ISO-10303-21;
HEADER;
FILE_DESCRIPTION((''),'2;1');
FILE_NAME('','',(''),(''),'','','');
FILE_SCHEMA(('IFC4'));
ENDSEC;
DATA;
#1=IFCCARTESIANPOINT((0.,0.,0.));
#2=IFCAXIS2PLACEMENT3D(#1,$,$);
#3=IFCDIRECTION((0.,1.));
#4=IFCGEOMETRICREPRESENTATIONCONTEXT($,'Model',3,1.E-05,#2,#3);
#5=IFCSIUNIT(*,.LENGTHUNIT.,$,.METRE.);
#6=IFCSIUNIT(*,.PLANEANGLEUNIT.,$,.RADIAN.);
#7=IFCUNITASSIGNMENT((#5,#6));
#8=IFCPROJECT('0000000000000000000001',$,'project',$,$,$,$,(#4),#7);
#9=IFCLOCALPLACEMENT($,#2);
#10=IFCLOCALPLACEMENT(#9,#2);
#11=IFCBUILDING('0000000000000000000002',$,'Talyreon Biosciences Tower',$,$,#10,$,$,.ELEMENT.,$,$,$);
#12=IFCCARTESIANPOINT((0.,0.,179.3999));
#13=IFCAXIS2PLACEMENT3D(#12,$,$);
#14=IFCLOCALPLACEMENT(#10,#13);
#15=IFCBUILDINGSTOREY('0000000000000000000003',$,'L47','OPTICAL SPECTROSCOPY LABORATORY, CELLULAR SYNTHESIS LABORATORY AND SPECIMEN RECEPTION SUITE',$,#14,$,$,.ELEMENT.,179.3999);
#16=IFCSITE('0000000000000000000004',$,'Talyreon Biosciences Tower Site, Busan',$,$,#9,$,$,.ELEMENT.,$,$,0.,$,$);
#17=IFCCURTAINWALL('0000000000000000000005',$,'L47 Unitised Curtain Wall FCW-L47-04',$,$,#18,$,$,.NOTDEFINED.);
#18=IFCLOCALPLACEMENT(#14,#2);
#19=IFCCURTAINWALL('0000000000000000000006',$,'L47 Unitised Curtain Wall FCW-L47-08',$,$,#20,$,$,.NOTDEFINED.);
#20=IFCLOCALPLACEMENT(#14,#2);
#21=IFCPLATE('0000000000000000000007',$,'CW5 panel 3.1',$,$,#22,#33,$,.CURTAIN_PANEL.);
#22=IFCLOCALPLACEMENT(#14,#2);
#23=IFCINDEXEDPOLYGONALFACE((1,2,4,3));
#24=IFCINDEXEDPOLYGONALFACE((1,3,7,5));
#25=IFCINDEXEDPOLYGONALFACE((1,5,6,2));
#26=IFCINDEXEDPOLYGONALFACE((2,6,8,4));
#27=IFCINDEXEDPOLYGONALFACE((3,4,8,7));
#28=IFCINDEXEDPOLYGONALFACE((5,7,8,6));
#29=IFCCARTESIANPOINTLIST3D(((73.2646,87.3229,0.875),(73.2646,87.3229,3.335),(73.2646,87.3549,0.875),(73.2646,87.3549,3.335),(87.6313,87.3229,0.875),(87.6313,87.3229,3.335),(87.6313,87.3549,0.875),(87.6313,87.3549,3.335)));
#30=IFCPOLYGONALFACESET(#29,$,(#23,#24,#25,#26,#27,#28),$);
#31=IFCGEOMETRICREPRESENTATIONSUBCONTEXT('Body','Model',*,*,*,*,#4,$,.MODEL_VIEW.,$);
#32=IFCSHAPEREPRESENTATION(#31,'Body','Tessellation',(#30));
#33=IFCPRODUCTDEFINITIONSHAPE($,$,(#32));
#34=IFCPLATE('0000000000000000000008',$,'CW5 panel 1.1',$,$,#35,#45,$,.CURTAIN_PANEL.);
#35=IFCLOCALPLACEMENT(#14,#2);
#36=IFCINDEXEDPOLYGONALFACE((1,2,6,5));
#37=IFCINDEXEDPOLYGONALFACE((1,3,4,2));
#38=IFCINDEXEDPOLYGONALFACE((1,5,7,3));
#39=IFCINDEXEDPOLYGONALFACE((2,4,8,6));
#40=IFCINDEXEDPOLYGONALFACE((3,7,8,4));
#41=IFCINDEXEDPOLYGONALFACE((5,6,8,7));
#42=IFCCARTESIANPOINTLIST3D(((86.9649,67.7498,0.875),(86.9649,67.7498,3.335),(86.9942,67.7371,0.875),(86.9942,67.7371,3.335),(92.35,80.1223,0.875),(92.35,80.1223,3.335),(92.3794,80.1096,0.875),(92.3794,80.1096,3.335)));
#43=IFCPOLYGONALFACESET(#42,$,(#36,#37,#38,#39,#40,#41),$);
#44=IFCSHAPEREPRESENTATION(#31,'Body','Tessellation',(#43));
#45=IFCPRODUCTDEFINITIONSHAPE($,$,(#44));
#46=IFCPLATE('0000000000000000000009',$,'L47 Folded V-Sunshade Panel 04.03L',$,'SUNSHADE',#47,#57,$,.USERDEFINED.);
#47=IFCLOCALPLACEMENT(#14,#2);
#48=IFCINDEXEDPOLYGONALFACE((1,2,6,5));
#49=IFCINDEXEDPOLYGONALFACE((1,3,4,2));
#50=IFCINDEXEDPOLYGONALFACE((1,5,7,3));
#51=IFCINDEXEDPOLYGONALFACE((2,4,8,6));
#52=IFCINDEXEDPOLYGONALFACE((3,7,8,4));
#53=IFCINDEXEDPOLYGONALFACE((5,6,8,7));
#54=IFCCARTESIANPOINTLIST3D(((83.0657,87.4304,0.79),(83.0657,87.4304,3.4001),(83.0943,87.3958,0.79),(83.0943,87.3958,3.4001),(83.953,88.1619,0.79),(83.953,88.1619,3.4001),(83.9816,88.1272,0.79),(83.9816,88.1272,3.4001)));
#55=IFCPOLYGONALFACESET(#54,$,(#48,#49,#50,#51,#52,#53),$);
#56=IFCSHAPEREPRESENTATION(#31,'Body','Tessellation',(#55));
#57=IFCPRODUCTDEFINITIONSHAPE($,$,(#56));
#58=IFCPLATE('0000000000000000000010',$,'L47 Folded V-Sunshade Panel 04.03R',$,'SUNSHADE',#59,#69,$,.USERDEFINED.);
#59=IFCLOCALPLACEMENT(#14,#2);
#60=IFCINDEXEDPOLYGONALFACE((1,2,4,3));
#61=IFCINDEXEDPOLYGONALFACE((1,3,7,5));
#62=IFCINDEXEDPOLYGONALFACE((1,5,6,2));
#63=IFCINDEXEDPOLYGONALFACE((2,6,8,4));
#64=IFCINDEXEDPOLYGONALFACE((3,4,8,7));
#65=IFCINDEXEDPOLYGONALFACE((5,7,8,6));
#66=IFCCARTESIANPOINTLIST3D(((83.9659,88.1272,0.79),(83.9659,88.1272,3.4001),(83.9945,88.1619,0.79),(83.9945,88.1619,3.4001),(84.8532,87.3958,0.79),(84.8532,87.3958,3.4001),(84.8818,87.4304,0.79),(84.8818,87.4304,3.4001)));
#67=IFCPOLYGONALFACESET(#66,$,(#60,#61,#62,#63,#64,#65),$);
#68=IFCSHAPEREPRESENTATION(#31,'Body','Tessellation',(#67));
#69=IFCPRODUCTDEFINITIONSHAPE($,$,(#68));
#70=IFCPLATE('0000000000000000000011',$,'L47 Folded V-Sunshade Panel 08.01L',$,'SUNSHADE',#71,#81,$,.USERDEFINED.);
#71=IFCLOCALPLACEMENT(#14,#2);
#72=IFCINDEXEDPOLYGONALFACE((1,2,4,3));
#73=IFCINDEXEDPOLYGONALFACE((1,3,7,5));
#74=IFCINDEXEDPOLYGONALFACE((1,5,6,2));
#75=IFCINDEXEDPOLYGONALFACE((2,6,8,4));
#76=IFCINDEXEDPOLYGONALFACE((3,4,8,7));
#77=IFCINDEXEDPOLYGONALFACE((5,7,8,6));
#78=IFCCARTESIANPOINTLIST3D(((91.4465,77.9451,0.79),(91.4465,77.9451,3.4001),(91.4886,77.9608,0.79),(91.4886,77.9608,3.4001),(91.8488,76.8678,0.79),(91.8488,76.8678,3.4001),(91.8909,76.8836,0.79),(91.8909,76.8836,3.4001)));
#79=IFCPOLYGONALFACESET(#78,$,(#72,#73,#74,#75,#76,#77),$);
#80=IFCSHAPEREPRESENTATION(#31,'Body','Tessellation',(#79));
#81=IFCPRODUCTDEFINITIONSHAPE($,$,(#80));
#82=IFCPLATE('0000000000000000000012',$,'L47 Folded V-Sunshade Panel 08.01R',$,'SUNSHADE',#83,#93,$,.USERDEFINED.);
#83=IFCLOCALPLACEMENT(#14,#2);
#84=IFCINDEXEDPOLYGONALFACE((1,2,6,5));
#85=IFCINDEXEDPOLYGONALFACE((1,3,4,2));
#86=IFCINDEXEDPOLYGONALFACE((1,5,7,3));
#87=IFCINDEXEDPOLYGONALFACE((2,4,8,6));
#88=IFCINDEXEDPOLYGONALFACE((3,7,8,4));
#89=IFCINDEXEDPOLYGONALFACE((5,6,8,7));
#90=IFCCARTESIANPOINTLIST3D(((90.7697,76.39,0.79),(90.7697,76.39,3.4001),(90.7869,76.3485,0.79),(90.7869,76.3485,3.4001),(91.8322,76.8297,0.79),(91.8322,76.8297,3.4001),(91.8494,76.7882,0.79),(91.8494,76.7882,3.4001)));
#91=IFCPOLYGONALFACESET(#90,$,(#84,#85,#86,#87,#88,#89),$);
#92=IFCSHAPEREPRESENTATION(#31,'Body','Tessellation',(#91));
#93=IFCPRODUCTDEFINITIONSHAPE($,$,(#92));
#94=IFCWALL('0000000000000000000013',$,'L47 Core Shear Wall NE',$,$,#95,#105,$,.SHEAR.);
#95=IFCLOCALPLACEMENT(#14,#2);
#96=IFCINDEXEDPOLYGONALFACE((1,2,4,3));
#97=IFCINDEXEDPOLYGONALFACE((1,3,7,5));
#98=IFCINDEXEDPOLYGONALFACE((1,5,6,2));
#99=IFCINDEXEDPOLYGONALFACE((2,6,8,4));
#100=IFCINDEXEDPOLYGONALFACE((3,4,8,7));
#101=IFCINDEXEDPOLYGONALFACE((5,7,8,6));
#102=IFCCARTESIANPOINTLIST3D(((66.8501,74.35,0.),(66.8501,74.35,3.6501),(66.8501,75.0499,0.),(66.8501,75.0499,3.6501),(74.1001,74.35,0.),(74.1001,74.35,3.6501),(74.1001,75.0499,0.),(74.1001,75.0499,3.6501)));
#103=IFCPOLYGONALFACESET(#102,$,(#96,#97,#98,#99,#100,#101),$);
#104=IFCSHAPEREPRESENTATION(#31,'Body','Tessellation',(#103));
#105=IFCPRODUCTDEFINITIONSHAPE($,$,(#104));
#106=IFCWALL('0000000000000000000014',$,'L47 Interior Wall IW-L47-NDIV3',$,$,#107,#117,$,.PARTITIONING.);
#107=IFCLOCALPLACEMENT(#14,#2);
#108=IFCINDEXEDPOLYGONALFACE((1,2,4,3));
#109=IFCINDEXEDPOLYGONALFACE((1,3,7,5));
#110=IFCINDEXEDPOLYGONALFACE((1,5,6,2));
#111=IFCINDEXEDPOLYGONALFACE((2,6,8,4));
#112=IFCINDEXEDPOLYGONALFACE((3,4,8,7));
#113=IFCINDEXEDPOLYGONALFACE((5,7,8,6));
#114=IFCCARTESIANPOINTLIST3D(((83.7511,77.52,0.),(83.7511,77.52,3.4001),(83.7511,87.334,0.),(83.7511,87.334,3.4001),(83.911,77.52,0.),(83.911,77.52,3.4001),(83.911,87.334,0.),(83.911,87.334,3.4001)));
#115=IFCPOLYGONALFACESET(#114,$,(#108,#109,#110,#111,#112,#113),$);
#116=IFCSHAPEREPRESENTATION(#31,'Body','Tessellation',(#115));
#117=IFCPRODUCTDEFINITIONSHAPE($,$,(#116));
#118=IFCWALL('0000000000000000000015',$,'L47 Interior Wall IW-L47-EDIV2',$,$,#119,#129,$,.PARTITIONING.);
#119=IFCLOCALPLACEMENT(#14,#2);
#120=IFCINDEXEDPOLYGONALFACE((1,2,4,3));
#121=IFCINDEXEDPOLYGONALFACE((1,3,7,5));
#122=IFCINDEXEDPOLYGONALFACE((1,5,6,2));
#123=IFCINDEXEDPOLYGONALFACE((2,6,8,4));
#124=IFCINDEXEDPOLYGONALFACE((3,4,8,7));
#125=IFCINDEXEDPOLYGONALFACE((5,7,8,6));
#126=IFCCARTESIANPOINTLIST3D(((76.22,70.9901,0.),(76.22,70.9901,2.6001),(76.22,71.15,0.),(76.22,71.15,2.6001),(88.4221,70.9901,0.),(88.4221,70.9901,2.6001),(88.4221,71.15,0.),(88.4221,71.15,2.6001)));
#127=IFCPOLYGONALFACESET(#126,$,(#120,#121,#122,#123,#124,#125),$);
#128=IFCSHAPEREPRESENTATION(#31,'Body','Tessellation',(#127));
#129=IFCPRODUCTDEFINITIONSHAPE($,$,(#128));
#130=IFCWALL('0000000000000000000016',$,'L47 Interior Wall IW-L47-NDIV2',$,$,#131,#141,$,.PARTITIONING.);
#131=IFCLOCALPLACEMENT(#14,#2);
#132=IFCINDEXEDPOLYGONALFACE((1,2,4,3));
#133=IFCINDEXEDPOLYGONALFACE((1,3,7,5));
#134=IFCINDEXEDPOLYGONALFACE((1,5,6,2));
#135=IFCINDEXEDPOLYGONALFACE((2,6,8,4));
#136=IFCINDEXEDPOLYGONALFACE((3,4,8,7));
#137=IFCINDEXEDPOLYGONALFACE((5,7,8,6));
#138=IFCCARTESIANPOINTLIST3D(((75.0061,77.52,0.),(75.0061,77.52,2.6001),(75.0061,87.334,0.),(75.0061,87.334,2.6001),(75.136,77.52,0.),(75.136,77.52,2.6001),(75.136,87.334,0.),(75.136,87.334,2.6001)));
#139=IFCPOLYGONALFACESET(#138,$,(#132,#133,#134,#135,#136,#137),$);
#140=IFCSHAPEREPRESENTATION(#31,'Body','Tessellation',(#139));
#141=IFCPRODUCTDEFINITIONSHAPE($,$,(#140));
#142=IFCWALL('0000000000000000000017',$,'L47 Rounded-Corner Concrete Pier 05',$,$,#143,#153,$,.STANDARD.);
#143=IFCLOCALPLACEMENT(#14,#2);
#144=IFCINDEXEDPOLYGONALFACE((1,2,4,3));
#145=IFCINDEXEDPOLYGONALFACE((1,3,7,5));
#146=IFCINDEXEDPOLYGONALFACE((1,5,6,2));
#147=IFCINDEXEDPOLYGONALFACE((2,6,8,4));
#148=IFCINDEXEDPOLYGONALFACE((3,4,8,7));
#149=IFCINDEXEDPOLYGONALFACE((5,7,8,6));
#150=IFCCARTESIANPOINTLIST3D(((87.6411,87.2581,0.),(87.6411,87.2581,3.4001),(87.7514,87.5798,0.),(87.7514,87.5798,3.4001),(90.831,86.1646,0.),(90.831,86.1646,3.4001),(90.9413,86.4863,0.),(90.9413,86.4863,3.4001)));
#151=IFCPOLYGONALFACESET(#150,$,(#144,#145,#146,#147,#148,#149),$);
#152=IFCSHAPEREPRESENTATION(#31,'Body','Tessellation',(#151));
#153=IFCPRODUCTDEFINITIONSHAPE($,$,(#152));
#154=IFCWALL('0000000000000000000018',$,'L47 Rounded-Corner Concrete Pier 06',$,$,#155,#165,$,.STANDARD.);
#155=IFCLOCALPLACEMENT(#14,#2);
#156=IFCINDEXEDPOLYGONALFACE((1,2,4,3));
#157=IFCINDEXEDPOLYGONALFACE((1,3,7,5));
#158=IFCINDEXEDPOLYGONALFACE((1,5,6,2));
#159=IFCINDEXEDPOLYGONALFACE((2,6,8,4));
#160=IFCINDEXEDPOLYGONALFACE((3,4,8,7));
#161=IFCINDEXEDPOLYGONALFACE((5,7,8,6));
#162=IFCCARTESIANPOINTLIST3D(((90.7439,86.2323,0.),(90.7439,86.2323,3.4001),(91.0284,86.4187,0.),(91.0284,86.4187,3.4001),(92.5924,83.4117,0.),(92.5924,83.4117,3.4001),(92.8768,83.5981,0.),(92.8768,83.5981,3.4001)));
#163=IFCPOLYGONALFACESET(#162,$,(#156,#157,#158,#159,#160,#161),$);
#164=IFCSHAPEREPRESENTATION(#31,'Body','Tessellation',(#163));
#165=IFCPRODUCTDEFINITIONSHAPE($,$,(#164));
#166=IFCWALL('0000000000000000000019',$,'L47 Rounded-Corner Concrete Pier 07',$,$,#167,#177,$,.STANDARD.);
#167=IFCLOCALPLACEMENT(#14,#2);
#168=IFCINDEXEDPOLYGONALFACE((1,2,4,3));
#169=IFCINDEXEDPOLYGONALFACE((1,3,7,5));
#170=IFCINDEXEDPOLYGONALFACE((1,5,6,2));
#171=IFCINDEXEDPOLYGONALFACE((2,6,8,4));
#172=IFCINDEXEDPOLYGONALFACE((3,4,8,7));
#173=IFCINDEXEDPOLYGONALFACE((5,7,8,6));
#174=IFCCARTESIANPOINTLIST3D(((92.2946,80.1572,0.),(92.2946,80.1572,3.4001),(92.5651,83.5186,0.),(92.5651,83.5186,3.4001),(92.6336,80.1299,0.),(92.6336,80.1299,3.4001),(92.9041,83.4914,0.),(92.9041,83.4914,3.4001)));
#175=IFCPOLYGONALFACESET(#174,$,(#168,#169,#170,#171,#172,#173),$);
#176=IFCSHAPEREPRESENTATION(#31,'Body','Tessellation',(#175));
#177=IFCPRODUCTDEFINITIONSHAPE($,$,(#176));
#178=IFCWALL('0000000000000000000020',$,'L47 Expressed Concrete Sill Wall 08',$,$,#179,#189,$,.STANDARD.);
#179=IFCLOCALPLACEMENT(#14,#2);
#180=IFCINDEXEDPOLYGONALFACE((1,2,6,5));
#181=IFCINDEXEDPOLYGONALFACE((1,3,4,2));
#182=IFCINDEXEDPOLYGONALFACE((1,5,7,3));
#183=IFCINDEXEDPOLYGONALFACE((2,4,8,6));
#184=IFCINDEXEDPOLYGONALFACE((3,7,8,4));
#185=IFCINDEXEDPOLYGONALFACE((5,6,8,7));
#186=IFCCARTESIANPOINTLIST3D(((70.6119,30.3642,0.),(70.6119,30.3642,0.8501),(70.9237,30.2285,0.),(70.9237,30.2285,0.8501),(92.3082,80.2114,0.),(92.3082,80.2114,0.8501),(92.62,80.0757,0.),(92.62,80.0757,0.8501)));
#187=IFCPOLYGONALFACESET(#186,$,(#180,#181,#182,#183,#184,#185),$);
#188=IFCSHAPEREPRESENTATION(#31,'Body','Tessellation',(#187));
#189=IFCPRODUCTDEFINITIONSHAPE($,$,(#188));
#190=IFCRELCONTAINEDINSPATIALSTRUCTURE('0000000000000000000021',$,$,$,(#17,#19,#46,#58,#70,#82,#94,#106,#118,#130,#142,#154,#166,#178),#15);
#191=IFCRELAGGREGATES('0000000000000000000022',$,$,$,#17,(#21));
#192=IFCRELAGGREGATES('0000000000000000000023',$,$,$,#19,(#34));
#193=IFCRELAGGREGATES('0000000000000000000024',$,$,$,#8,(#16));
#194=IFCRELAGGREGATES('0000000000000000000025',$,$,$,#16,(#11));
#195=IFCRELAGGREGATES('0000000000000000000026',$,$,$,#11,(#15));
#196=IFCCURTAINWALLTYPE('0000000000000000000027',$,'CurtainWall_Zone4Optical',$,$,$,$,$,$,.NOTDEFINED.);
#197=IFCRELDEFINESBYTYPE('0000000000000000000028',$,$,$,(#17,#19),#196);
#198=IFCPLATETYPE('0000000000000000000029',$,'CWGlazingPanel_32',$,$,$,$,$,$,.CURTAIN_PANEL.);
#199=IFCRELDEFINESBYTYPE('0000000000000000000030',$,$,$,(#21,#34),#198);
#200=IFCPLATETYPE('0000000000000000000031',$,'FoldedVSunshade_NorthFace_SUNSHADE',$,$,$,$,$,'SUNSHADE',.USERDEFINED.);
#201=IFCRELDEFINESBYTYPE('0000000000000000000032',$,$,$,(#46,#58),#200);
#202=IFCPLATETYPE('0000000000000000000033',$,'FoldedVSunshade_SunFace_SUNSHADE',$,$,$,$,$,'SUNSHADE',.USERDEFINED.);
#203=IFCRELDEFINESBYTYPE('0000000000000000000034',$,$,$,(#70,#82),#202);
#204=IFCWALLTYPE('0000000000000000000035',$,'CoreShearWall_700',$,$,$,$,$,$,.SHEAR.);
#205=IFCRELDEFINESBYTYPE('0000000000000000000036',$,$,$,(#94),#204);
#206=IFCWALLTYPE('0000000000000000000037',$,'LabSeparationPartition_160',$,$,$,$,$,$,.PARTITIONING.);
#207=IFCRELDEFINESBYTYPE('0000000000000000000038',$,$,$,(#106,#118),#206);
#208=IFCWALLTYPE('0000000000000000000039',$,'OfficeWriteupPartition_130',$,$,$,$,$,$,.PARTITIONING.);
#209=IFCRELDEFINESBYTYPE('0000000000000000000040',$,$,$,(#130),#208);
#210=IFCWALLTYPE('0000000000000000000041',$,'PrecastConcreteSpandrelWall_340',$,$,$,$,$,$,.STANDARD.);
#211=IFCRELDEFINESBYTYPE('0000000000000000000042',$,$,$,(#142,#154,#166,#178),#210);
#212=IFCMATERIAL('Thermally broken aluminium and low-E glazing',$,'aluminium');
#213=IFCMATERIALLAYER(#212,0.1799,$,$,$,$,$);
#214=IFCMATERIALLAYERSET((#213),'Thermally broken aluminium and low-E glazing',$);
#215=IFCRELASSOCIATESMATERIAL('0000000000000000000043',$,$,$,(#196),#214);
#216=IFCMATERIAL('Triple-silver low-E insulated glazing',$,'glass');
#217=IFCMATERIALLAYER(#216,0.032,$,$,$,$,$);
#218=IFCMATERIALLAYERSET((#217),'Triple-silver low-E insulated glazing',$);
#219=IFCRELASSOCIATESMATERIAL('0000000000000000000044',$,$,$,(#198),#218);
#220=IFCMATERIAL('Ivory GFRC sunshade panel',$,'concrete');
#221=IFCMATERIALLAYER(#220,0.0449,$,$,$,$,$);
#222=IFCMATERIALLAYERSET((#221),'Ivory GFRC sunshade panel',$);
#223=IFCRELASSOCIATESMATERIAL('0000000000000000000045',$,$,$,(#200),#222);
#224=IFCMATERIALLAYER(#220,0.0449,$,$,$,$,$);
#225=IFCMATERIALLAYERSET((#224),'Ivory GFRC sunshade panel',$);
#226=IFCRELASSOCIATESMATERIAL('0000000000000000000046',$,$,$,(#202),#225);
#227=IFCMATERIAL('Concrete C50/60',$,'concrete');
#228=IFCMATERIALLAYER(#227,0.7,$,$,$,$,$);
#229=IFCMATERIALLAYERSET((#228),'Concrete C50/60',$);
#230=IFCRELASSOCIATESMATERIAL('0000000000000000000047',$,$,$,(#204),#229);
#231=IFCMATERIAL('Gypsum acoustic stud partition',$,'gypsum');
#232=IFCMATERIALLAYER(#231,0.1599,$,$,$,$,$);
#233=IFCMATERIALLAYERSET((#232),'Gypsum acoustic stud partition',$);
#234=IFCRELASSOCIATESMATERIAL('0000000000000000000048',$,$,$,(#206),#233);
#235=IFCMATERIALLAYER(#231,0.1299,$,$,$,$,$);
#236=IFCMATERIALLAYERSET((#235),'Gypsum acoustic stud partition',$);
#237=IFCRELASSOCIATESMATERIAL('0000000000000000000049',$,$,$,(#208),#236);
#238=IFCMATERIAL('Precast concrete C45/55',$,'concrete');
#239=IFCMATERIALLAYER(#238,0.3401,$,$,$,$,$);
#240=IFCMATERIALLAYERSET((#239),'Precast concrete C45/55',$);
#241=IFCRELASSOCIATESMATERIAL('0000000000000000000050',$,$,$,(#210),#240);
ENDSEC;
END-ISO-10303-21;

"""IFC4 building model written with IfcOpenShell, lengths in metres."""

from ifc_helpers import new_model, si_unit, direction, frame, frame_2d, origin, origin_2d, place, context, subcontext, project, spatial, rectangle, extrude, material, layer, layer_set, type_object, element, aggregate, save


model = new_model("IFC4")

# Units and contexts
model_context = context("Model", 3, precision=1e-05, world=origin(), true_north=direction((0.0, 1.0)))
body_context = subcontext(model_context, "Body", "Model", "MODEL_VIEW")
ifc_project = project(units=[si_unit("LENGTHUNIT", "METRE"), si_unit("PLANEANGLEUNIT", "RADIAN")], contexts=[model_context])

# Site, building, storey
site_placement = place(None, origin())
site = spatial("IfcSite", under=ifc_project, at=site_placement, Name="Talyreon Biosciences Tower Site, Busan", CompositionType="ELEMENT", RefElevation=0.0)
building_placement = place(site_placement, origin())
building = spatial("IfcBuilding", under=site, at=building_placement, Name="Talyreon Biosciences Tower", CompositionType="ELEMENT")
storey_placement = place(building_placement, frame((0.0, 0.0, 179.3999)))
storey = spatial("IfcBuildingStorey", under=building, at=storey_placement, Name="L47", Description="OPTICAL SPECTROSCOPY LABORATORY, CELLULAR SYNTHESIS LABORATORY AND SPECIMEN RECEPTION SUITE", CompositionType="ELEMENT", Elevation=179.3999)

# Shared definitions
ifc_material_1 = material(Name="Concrete C50/60", Category="concrete")

# Curtain wall
ifc_material_2 = material(Name="Thermally broken aluminium and low-E glazing", Category="aluminium")
ifc_layer_1 = layer(ifc_material_2, 0.1799)
ifc_layer_set_1 = layer_set([ifc_layer_1], Name="Thermally broken aluminium and low-E glazing")
curtain_wall_type = type_object("IfcCurtainWallType", Name="CurtainWall_Zone4Optical", PredefinedType="NOTDEFINED", material=ifc_layer_set_1)
curtain_wall_1_placement = place(storey_placement, origin())
curtain_wall_1 = element("IfcCurtainWall", 1, at=curtain_wall_1_placement, inside=storey, type_object=curtain_wall_type, Name="L47 Unitised Curtain Wall FCW-L47-04", PredefinedType="NOTDEFINED")

# Curtain wall
curtain_wall_2_placement = place(storey_placement, origin())
curtain_wall_2 = element("IfcCurtainWall", 2, at=curtain_wall_2_placement, inside=storey, type_object=curtain_wall_type, Name="L47 Unitised Curtain Wall FCW-L47-08", PredefinedType="NOTDEFINED")

# Shared definitions
ifc_material_3 = material(Name="Precast concrete C45/55", Category="concrete")

# Plates
ifc_material_4 = material(Name="Triple-silver low-E insulated glazing", Category="glass")
ifc_layer_2 = layer(ifc_material_4, 0.032)
ifc_layer_set_2 = layer_set([ifc_layer_2], Name="Triple-silver low-E insulated glazing")
plate_type_1 = type_object("IfcPlateType", Name="CWGlazingPanel_32", PredefinedType="CURTAIN_PANEL", material=ifc_layer_set_2)
plate_1_placement = place(storey_placement, frame((80.448, 87.3389, 0.875), z_axis=(0.0, 0.0, 1.0), x_axis=(1.0, 0.0, 0.0)))
plate_1 = element("IfcPlate", 3, at=plate_1_placement, type_object=plate_type_1, Name="CW5 panel 3.1", PredefinedType="CURTAIN_PANEL", context=body_context, shape_type="SweptSolid", body=[
    extrude(rectangle(XDim=14.3667, YDim=0.032, at=origin_2d()), origin(), (0.0, 0.0, 1.0), 2.46),
])
aggregate(curtain_wall_1, [plate_1])
plate_2_placement = place(storey_placement, frame((89.6721, 73.9297, 0.875), z_axis=(0.0, 0.0, 1.0), x_axis=(-0.399089, -0.916912, 0.0)))
plate_2 = element("IfcPlate", 4, at=plate_2_placement, type_object=plate_type_1, Name="CW5 panel 1.1", PredefinedType="CURTAIN_PANEL", context=body_context, shape_type="SweptSolid", body=[
    extrude(rectangle(XDim=13.4937, YDim=0.032, at=origin_2d()), origin(), (0.0, 0.0, 1.0), 2.46),
])
aggregate(curtain_wall_2, [plate_2])

# Plates
ifc_material_5 = material(Name="Ivory GFRC sunshade panel", Category="concrete")
ifc_layer_3 = layer(ifc_material_5, 0.0449)
ifc_layer_set_3 = layer_set([ifc_layer_3], Name="Ivory GFRC sunshade panel")
plate_type_2 = type_object("IfcPlateType", Name="FoldedVSunshade_NorthFace_SUNSHADE", ElementType="SUNSHADE", PredefinedType="USERDEFINED", material=ifc_layer_set_3)
for number, where, z_axis, x_axis, name in (
    (5, (83.5237, 87.7788, 0.79), (0.0, 0.0, 1.0), (0.771625, 0.636078, 0.0), "L47 Folded V-Sunshade Panel 04.03L"),
    (6, (84.4238, 87.7788, 0.79), (0.0, 0.0, 1.0), (0.771625, -0.636078, 0.0), "L47 Folded V-Sunshade Panel 04.03R"),
):
    element("IfcPlate", number, at=place(storey_placement, frame(where, z_axis=z_axis, x_axis=x_axis)), inside=storey, type_object=plate_type_2, Name=name, ObjectType="SUNSHADE", PredefinedType="USERDEFINED", context=body_context, shape_type="SweptSolid", body=[
        extrude(rectangle(XDim=1.1499, YDim=0.0449, at=origin_2d()), origin(), (0.0, 0.0, 1.0), 2.6101),
    ])
ifc_layer_4 = layer(ifc_material_5, 0.0449)
ifc_layer_set_4 = layer_set([ifc_layer_4], Name="Ivory GFRC sunshade panel")
plate_type_3 = type_object("IfcPlateType", Name="FoldedVSunshade_SunFace_SUNSHADE", ElementType="SUNSHADE", PredefinedType="USERDEFINED", material=ifc_layer_set_4)
for number, where, z_axis, x_axis, name in (
    (7, (91.6687, 77.4143, 0.79), (0.0, 0.0, 1.0), (0.349864, -0.9368, 0.0), "L47 Folded V-Sunshade Panel 08.01L"),
    (8, (91.3096, 76.5891, 0.79), (0.0, 0.0, 1.0), (-0.92402, -0.382345, 0.0), "L47 Folded V-Sunshade Panel 08.01R"),
):
    element("IfcPlate", number, at=place(storey_placement, frame(where, z_axis=z_axis, x_axis=x_axis)), inside=storey, type_object=plate_type_3, Name=name, ObjectType="SUNSHADE", PredefinedType="USERDEFINED", context=body_context, shape_type="SweptSolid", body=[
        extrude(rectangle(XDim=1.1499, YDim=0.0449, at=origin_2d()), origin(), (0.0, 0.0, 1.0), 2.6101),
    ])

# Walls
ifc_layer_5 = layer(ifc_material_1, 0.7)
ifc_layer_set_5 = layer_set([ifc_layer_5], Name="Concrete C50/60")
wall_type_1 = type_object("IfcWallType", Name="CoreShearWall_700", PredefinedType="SHEAR", material=ifc_layer_set_5)
wall_1_placement = place(storey_placement, frame((74.1001, 74.7, 0.0), z_axis=(0.0, 0.0, 1.0), x_axis=(-1.0, 0.0, 0.0)))
element("IfcWall", 9, at=wall_1_placement, inside=storey, type_object=wall_type_1, Name="L47 Core Shear Wall NE", PredefinedType="SHEAR", context=body_context, shape_type="SweptSolid", body=[
    extrude(rectangle(XDim=7.25, YDim=0.7, at=frame_2d((3.625, 0.0))), origin(), (0.0, 0.0, 1.0), 3.6501),
])
ifc_material_6 = material(Name="Gypsum acoustic stud partition", Category="gypsum")
ifc_layer_6 = layer(ifc_material_6, 0.1599)
ifc_layer_set_6 = layer_set([ifc_layer_6], Name="Gypsum acoustic stud partition")
wall_type_2 = type_object("IfcWallType", Name="LabSeparationPartition_160", PredefinedType="PARTITIONING", material=ifc_layer_set_6)
wall_2_placement = place(storey_placement, frame((83.8311, 77.52, 0.0), z_axis=(0.0, 0.0, 1.0), x_axis=(0.0, 1.0, 0.0)))
element("IfcWall", 10, at=wall_2_placement, inside=storey, type_object=wall_type_2, Name="L47 Interior Wall IW-L47-NDIV3", PredefinedType="PARTITIONING", context=body_context, shape_type="SweptSolid", body=[
    extrude(rectangle(XDim=9.814, YDim=0.1599, at=frame_2d((4.907, 0.0))), origin(), (0.0, 0.0, 1.0), 3.4001),
])
wall_3_placement = place(storey_placement, frame((76.22, 71.0701, 0.0), z_axis=(0.0, 0.0, 1.0), x_axis=(1.0, 0.0, 0.0)))
element("IfcWall", 11, at=wall_3_placement, inside=storey, type_object=wall_type_2, Name="L47 Interior Wall IW-L47-EDIV2", PredefinedType="PARTITIONING", context=body_context, shape_type="SweptSolid", body=[
    extrude(rectangle(XDim=12.2021, YDim=0.1599, at=frame_2d((6.1011, 0.0))), origin(), (0.0, 0.0, 1.0), 2.6001),
])
ifc_layer_7 = layer(ifc_material_6, 0.1299)
ifc_layer_set_7 = layer_set([ifc_layer_7], Name="Gypsum acoustic stud partition")
wall_type_3 = type_object("IfcWallType", Name="OfficeWriteupPartition_130", PredefinedType="PARTITIONING", material=ifc_layer_set_7)
wall_4_placement = place(storey_placement, frame((75.071, 77.52, 0.0), z_axis=(0.0, 0.0, 1.0), x_axis=(0.0, 1.0, 0.0)))
element("IfcWall", 12, at=wall_4_placement, inside=storey, type_object=wall_type_3, Name="L47 Interior Wall IW-L47-NDIV2", PredefinedType="PARTITIONING", context=body_context, shape_type="SweptSolid", body=[
    extrude(rectangle(XDim=9.814, YDim=0.1299, at=frame_2d((4.907, 0.0))), origin(), (0.0, 0.0, 1.0), 2.6001),
])
ifc_layer_8 = layer(ifc_material_3, 0.3401)
ifc_layer_set_8 = layer_set([ifc_layer_8], Name="Precast concrete C45/55")
wall_type_4 = type_object("IfcWallType", Name="PrecastConcreteSpandrelWall_340", PredefinedType="STANDARD", material=ifc_layer_set_8)
wall_5_placement = place(storey_placement, frame((87.6963, 87.4189, 0.0), z_axis=(0.0, 0.0, 1.0), x_axis=(0.945963, -0.324274, 0.0)))
element("IfcWall", 13, at=wall_5_placement, inside=storey, type_object=wall_type_4, Name="L47 Rounded-Corner Concrete Pier 05", PredefinedType="STANDARD", context=body_context, shape_type="SweptSolid", body=[
    extrude(rectangle(XDim=3.3721, YDim=0.3401, at=frame_2d((1.686, 0.0))), origin(), (0.0, 0.0, 1.0), 3.4001),
])
for number, where, z_axis, x_axis, name in (
    (14, (90.8862, 86.3254, 0.0), (0.0, 0.0, 1.0), (0.548117, -0.836402, 0.0), "L47 Rounded-Corner Concrete Pier 06"),
    (15, (92.7346, 83.5049, 0.0), (0.0, 0.0, 1.0), (-0.080217, -0.996777, 0.0), "L47 Rounded-Corner Concrete Pier 07"),
):
    element("IfcWall", number, at=place(storey_placement, frame(where, z_axis=z_axis, x_axis=x_axis)), inside=storey, type_object=wall_type_4, Name=name, PredefinedType="STANDARD", context=body_context, shape_type="SweptSolid", body=[
        extrude(rectangle(XDim=3.3723, YDim=0.3401, at=frame_2d((1.686, 0.0))), origin(), (0.0, 0.0, 1.0), 3.4001),
    ])
wall_6_placement = place(storey_placement, frame((92.4641, 80.1436, 0.0), z_axis=(0.0, 0.0, 1.0), x_axis=(-0.399091, -0.916911, 0.0)))
element("IfcWall", 16, at=wall_6_placement, inside=storey, type_object=wall_type_4, Name="L47 Expressed Concrete Sill Wall 08", PredefinedType="STANDARD", context=body_context, shape_type="SweptSolid", body=[
    extrude(rectangle(XDim=54.3643, YDim=0.3401, at=frame_2d((27.1821, 0.0))), origin(), (0.0, 0.0, 1.0), 0.8501),
])

save(model, "model.ifc")
